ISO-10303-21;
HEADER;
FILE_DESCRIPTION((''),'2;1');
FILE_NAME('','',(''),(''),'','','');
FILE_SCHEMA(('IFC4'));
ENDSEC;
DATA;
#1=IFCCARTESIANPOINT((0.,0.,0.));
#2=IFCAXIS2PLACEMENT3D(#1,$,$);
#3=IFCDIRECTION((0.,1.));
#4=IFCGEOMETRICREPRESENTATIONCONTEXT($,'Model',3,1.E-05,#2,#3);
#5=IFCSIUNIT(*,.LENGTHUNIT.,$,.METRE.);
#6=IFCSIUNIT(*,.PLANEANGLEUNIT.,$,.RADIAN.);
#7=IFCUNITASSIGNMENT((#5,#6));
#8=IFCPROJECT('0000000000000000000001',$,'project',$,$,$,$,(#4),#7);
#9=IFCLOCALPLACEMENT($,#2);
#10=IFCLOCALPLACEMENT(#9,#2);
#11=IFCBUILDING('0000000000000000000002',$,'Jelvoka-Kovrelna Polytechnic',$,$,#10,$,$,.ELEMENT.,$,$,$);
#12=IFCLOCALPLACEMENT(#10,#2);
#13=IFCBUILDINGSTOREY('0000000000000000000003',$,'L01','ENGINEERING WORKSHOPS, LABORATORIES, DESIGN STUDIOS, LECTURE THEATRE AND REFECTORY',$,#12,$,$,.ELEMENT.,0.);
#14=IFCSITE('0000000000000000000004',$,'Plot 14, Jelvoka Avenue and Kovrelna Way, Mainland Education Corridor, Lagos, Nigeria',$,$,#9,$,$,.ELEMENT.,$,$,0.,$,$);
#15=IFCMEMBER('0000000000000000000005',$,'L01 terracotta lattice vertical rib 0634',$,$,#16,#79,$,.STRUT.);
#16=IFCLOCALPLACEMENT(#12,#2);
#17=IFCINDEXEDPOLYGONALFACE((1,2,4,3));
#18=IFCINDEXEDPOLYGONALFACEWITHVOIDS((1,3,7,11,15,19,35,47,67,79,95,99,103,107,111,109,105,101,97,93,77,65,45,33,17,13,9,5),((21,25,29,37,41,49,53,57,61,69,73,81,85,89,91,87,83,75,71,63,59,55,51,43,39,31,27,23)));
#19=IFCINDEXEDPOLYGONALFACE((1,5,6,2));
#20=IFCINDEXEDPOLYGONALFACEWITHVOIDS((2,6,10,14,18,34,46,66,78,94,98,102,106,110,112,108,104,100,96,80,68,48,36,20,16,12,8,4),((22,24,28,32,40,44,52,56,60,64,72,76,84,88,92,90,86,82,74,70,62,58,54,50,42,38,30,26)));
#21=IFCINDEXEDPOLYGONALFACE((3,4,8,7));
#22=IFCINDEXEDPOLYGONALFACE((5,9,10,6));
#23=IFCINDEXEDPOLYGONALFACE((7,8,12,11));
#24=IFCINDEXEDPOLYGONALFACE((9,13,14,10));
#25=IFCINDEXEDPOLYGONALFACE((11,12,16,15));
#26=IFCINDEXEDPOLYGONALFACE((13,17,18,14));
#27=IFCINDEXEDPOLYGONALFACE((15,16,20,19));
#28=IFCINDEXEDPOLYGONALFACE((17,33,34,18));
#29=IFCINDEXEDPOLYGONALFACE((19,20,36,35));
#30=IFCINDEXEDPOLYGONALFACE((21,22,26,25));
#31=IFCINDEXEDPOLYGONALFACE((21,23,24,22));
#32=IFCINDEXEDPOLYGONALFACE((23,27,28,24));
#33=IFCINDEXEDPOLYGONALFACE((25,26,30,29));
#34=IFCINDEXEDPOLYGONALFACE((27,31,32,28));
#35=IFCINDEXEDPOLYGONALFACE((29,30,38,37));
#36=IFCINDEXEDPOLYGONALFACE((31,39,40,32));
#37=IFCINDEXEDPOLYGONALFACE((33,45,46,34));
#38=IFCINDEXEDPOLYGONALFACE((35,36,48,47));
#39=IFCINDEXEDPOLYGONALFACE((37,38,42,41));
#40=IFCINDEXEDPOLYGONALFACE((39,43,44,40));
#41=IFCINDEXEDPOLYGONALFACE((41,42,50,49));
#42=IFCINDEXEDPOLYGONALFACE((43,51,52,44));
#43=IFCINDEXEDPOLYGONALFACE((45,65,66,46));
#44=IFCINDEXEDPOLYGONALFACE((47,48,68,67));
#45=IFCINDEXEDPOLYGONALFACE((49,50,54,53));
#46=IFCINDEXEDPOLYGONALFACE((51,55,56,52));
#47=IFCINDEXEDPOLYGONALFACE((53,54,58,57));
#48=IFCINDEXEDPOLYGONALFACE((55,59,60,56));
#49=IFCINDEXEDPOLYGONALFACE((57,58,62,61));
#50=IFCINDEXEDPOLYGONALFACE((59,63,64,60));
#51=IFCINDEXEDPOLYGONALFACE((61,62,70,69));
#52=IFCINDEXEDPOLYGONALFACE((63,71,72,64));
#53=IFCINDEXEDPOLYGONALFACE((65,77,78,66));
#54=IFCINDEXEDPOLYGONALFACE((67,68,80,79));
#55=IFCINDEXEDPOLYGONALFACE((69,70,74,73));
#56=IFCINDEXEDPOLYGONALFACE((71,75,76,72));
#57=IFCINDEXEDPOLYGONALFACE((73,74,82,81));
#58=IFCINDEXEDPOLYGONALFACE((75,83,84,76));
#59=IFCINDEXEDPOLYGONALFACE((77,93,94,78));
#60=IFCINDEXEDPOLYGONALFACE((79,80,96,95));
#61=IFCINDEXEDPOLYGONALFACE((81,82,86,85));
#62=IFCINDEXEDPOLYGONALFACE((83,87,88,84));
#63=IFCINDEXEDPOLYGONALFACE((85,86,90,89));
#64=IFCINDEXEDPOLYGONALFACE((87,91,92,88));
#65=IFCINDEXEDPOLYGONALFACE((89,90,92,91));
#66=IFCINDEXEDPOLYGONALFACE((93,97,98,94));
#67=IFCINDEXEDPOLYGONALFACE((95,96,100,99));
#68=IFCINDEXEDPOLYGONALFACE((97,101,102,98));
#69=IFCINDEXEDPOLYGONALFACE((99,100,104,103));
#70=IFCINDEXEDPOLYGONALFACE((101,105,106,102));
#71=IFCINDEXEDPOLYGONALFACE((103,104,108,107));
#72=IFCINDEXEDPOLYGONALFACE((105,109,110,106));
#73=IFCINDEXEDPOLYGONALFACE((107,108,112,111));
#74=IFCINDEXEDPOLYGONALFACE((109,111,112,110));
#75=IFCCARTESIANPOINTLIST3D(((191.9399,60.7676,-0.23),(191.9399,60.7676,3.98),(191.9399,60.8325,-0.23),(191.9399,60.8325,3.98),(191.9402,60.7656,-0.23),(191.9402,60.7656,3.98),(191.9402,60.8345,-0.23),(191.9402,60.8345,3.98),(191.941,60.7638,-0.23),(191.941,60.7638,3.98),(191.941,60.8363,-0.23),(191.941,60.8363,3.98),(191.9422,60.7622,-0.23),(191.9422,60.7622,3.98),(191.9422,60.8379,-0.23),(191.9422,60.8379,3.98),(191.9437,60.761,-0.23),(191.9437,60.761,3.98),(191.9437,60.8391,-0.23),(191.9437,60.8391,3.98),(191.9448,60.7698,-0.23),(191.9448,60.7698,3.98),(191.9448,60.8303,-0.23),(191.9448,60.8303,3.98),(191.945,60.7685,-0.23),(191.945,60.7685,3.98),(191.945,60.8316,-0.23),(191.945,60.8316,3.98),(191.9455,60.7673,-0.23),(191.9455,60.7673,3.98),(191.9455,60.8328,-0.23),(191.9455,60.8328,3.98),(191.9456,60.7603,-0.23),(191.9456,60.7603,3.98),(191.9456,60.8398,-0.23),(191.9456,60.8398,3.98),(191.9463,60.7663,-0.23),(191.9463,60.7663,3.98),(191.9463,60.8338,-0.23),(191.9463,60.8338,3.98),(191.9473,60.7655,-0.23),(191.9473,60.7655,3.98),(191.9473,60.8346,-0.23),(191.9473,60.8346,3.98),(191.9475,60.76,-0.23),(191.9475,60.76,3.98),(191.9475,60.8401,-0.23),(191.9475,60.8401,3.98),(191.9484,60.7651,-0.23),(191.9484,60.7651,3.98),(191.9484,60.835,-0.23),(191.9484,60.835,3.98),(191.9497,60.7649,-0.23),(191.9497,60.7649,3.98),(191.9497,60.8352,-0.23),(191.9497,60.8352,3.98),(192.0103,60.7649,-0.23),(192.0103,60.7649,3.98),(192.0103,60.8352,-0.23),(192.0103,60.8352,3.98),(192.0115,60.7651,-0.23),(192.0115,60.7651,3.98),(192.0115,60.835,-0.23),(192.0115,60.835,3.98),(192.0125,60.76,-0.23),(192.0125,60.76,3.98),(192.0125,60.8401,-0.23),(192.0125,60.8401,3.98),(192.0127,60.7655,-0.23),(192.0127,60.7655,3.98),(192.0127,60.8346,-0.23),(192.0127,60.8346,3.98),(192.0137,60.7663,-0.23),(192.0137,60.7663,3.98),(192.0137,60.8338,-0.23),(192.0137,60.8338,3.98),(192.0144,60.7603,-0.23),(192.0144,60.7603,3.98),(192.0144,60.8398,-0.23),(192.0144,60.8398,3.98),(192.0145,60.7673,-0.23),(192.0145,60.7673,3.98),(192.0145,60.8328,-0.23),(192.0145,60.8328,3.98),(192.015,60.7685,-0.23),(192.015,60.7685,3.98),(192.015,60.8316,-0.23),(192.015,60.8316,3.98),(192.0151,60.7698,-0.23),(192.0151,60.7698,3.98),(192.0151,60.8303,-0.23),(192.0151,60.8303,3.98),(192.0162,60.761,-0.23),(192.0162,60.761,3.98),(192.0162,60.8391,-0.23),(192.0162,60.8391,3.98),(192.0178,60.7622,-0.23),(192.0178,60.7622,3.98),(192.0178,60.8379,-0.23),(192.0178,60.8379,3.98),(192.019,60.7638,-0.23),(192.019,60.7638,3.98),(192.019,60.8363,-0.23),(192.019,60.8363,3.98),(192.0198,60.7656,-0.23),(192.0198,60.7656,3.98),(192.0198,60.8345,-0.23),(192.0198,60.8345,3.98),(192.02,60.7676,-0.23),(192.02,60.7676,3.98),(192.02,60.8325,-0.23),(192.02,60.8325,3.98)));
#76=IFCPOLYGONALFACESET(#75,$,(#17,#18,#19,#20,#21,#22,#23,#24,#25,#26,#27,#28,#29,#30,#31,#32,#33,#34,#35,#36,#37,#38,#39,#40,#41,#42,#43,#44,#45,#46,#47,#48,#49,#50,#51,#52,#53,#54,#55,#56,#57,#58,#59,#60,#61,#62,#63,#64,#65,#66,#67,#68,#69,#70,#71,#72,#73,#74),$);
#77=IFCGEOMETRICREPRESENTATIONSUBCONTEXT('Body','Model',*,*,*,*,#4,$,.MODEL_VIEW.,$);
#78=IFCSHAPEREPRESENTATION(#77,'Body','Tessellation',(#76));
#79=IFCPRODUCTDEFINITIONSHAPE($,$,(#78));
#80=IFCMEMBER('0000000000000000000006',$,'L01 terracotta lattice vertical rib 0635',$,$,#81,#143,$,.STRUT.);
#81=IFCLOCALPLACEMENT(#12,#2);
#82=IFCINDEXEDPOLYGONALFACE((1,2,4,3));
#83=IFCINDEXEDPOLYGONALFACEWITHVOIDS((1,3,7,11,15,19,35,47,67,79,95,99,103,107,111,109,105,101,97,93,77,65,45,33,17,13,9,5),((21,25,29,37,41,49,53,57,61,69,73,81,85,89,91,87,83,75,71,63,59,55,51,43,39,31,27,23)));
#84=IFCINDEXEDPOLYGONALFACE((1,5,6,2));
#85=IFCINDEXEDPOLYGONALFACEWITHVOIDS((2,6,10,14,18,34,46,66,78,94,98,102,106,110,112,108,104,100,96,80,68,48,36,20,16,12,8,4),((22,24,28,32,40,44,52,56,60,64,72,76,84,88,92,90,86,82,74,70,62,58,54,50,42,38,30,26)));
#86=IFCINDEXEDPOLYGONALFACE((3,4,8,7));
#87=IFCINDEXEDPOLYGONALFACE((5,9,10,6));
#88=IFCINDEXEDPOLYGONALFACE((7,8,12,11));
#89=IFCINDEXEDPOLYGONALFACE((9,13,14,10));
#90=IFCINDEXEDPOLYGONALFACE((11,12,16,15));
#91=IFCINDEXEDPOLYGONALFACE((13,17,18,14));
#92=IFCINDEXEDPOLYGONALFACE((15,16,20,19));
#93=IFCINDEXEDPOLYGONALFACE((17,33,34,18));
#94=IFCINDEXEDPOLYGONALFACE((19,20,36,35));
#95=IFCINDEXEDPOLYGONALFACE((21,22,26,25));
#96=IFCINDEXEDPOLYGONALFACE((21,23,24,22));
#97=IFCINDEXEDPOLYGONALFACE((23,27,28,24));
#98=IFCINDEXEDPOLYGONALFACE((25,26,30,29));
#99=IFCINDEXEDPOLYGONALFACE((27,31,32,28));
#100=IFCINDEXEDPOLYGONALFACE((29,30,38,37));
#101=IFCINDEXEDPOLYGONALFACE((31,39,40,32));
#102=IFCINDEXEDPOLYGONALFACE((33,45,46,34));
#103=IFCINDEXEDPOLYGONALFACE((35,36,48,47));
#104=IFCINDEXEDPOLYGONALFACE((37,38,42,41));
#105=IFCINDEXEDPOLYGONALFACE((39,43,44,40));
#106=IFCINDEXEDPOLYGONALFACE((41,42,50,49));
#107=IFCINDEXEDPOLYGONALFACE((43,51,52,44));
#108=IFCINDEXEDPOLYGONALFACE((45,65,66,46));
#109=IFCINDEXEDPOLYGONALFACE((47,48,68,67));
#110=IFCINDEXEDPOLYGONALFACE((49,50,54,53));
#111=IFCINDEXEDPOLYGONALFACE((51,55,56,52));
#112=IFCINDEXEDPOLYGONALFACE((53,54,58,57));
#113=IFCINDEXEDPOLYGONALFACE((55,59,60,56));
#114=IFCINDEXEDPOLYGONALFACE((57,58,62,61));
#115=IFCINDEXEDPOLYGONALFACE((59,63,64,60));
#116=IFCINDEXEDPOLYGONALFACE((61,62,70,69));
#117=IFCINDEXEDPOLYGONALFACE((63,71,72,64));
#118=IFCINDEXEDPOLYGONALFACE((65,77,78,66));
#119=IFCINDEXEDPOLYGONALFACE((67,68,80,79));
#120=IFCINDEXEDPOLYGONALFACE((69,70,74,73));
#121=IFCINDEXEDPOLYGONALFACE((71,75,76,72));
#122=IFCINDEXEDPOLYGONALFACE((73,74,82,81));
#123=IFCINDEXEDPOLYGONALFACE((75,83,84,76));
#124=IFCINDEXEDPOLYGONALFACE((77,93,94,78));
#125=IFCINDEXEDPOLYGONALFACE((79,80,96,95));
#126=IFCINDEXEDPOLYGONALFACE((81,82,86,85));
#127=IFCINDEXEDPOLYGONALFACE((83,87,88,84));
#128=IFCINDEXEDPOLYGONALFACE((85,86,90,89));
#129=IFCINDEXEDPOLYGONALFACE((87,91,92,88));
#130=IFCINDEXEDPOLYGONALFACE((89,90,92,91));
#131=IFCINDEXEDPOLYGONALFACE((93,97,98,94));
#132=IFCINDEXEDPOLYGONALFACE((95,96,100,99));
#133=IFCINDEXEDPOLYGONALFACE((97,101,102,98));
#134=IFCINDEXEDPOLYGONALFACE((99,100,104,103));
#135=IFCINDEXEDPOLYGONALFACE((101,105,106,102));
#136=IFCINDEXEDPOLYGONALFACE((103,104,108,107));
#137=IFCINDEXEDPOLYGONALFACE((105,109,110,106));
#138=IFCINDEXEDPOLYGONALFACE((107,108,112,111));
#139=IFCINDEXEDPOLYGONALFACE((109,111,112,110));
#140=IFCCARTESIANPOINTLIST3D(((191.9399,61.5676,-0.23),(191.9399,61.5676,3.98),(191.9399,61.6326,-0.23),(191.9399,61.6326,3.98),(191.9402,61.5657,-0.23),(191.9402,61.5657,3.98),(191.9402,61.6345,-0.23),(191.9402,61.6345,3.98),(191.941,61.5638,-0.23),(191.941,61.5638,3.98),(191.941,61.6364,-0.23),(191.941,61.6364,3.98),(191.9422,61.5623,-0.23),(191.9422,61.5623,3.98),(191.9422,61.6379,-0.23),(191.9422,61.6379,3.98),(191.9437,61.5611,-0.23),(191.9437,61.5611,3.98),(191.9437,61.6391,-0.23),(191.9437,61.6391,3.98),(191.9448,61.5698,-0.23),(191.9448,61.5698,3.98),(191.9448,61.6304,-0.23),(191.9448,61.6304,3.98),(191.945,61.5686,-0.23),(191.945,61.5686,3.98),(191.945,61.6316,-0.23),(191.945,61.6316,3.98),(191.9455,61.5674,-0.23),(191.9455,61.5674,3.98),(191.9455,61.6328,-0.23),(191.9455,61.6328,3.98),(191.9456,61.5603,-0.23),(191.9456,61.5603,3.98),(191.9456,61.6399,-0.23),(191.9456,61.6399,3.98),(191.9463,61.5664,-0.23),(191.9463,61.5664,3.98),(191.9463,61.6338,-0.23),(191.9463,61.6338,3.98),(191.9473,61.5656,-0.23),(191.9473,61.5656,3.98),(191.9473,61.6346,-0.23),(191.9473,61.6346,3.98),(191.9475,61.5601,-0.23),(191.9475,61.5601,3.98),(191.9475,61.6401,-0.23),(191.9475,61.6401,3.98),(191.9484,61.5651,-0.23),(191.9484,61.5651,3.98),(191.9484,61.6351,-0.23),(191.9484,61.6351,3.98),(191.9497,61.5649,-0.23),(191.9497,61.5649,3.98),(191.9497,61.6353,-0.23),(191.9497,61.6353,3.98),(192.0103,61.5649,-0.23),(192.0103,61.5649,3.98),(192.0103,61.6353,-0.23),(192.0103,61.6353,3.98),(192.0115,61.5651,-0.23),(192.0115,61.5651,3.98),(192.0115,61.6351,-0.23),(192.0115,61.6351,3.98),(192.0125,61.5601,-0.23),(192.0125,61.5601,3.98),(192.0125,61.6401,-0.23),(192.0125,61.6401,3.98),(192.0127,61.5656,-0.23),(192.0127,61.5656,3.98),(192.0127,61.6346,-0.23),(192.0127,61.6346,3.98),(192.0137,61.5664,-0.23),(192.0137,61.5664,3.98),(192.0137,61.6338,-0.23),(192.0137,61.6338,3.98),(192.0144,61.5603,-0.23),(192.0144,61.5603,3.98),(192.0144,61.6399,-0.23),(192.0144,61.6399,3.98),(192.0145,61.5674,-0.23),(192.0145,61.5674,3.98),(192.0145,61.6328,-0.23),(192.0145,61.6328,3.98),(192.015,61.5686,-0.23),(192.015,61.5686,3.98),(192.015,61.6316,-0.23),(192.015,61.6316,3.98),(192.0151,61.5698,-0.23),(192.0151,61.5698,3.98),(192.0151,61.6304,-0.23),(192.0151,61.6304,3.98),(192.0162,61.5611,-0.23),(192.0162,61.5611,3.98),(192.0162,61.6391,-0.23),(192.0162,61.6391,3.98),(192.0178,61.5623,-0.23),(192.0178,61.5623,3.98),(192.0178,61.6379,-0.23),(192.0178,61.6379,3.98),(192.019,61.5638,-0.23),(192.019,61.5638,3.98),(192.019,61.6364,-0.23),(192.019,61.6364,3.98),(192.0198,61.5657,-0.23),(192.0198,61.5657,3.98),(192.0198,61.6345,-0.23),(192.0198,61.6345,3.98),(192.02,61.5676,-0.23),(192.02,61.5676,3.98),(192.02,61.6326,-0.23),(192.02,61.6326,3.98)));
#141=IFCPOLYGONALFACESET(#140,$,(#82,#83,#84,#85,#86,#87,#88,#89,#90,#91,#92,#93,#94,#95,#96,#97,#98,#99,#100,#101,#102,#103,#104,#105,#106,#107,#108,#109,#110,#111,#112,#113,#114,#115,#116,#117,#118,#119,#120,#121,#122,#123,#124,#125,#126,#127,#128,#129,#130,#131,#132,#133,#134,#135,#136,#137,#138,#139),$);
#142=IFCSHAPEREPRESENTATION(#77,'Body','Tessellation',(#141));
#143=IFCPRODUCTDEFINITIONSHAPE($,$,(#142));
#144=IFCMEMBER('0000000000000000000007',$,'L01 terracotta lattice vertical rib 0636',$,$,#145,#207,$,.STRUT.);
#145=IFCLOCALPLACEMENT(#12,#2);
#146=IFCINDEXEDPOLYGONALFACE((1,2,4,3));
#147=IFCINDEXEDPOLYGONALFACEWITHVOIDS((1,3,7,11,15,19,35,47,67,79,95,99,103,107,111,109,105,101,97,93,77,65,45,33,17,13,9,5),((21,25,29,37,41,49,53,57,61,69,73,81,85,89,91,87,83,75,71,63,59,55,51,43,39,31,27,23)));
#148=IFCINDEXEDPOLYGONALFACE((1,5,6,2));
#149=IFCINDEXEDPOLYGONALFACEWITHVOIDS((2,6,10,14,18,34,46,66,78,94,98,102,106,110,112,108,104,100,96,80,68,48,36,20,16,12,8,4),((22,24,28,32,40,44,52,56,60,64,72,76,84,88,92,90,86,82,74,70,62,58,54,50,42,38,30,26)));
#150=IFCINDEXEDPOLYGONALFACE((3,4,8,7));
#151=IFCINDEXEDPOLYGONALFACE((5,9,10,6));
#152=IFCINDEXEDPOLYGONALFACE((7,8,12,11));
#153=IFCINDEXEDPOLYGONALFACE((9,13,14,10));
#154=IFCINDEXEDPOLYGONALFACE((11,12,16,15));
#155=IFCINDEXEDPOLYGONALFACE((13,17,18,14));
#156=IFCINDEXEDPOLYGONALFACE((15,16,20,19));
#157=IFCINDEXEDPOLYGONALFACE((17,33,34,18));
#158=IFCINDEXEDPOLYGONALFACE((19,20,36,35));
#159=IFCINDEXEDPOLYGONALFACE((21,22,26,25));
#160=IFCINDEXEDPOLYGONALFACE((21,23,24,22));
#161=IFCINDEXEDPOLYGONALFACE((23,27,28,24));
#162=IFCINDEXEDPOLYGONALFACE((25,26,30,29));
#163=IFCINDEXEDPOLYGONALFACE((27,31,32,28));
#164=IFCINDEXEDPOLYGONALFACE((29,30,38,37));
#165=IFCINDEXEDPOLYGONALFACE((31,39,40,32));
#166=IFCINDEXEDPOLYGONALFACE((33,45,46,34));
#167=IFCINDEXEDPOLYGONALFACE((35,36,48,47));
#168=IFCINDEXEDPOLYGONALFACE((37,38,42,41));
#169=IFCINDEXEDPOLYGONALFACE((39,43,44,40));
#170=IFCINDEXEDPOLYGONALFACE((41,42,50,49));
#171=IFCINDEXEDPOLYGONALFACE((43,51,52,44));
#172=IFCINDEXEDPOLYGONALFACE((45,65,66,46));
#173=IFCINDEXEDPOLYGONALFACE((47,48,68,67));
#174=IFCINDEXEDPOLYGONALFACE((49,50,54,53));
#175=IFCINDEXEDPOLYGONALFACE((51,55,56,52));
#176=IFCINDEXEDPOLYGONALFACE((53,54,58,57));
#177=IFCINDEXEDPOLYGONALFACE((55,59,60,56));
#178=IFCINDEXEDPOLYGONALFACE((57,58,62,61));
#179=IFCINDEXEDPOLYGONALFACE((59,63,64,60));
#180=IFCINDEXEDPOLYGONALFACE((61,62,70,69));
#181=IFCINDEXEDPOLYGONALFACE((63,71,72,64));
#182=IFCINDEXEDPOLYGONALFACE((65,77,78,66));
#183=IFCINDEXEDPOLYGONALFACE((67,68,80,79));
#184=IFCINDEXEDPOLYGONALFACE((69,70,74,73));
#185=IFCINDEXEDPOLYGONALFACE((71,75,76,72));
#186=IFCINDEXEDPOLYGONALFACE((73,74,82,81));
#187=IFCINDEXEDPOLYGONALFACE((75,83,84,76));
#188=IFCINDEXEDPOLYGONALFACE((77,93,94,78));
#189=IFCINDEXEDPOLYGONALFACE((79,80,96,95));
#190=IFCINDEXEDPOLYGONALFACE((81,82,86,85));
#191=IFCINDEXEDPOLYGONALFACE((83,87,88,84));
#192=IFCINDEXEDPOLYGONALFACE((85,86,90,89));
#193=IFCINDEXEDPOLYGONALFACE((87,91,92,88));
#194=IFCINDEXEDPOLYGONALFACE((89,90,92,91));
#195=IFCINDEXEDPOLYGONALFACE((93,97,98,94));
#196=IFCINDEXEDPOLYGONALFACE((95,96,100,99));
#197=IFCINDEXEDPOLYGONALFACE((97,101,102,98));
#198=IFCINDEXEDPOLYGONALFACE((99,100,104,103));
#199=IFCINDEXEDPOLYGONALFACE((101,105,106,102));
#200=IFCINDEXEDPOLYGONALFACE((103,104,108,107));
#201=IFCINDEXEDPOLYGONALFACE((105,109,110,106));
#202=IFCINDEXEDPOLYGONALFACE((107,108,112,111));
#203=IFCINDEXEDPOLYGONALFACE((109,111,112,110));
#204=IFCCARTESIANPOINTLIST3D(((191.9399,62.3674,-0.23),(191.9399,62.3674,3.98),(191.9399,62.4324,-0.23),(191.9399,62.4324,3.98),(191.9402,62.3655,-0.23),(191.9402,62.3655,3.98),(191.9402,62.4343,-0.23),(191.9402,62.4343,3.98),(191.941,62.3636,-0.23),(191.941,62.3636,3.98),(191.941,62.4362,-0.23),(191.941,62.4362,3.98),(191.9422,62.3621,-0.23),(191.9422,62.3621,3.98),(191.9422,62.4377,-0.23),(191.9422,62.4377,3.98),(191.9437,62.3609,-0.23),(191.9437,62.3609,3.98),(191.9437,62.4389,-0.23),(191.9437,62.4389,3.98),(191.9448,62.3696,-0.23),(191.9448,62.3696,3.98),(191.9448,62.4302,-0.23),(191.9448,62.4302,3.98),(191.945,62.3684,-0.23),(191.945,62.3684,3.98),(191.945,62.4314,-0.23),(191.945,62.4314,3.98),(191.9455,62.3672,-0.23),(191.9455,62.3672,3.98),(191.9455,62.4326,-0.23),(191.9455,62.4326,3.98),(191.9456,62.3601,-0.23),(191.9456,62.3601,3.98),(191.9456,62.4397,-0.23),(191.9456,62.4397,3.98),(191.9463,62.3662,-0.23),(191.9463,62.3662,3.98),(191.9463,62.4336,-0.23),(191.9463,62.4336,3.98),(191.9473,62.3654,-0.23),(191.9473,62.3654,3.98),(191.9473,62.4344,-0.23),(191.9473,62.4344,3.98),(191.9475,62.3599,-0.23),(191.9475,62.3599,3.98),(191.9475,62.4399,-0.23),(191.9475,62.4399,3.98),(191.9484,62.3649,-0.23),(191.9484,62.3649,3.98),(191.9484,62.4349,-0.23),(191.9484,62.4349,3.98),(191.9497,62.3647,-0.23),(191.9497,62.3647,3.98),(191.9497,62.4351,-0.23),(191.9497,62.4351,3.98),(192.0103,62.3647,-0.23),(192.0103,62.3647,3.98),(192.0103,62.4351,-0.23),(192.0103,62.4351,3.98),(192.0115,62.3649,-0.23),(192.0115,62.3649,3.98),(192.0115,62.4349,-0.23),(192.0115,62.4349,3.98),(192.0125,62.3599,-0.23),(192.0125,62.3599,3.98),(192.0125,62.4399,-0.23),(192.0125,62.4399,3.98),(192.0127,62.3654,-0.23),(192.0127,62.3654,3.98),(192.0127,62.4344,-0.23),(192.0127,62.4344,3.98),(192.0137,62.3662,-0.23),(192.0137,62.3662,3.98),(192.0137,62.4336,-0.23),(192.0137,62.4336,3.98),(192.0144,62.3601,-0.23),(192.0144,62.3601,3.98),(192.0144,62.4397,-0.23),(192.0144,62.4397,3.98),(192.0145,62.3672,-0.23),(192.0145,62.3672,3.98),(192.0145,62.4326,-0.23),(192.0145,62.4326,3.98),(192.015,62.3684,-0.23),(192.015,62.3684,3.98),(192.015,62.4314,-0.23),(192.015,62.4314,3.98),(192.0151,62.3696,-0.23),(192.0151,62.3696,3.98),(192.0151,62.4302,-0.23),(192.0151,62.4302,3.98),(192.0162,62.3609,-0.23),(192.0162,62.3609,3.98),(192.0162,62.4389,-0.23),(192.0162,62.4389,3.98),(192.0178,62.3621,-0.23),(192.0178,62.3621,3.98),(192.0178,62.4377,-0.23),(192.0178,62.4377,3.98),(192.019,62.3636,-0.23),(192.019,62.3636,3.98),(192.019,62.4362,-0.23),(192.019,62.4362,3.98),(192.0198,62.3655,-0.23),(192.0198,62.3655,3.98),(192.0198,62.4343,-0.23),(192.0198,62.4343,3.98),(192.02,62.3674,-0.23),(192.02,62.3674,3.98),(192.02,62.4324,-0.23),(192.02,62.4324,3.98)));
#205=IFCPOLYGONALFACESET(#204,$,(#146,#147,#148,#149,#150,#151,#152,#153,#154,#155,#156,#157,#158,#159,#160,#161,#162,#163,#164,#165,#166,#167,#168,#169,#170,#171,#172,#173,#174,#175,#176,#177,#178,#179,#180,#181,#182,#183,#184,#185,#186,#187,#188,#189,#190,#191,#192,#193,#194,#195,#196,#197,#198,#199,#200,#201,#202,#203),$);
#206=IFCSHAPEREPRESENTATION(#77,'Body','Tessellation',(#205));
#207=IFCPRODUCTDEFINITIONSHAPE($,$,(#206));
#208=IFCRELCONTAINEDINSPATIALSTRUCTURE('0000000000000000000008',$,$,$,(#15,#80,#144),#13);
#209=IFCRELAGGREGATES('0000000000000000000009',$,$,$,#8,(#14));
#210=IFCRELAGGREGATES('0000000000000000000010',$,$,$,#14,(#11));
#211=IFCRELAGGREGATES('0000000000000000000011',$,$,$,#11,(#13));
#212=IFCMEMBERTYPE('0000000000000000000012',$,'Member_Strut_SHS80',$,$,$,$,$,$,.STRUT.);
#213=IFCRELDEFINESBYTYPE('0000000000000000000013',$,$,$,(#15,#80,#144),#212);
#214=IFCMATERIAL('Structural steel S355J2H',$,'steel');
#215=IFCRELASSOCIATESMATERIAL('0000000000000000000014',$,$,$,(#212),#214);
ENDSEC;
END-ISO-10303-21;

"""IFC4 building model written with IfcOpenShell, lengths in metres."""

from ifc_helpers import new_model, si_unit, direction, frame, origin, origin_2d, place, context, subcontext, project, spatial, hollow_rectangle, extrude, material, material_profile, profile_set, type_object, element, save


model = new_model("IFC4")

# Units and contexts
model_context = context("Model", 3, precision=1e-05, world=origin(), true_north=direction((0.0, 1.0)))
body_context = subcontext(model_context, "Body", "Model", "MODEL_VIEW")
ifc_project = project(units=[si_unit("LENGTHUNIT", "METRE"), si_unit("PLANEANGLEUNIT", "RADIAN")], contexts=[model_context])

# Site, building, storey
site_placement = place(None, origin())
site = spatial("IfcSite", under=ifc_project, at=site_placement, Name="Plot 14, Jelvoka Avenue and Kovrelna Way, Mainland Education Corridor, Lagos, Nigeria", CompositionType="ELEMENT", RefElevation=0.0)
building_placement = place(site_placement, origin())
building = spatial("IfcBuilding", under=site, at=building_placement, Name="Jelvoka-Kovrelna Polytechnic", CompositionType="ELEMENT")
storey_placement = place(building_placement, origin())
storey = spatial("IfcBuildingStorey", under=building, at=storey_placement, Name="L01", Description="ENGINEERING WORKSHOPS, LABORATORIES, DESIGN STUDIOS, LECTURE THEATRE AND REFECTORY", CompositionType="ELEMENT", Elevation=0.0)

# Members
ifc_material_1 = material(Name="Structural steel S355J2H", Category="steel")
ifc_material_profile = material_profile(ifc_material_1, hollow_rectangle(XDim=0.0801, YDim=0.0801, WallThickness=0.0049, InnerFilletRadius=0.0049, OuterFilletRadius=0.0076, at=origin_2d()), Name="80x80x5.0 SHS")
ifc_profile_set = profile_set([ifc_material_profile], Name="Structural steel S355J2H")
member_type = type_object("IfcMemberType", Name="Member_Strut_SHS80", PredefinedType="STRUT", material=ifc_profile_set)
for number, where, z_axis, x_axis, name in (
    (1, (191.98, 60.8, -0.23), (0.0, 0.0, 1.0), (1.0, 0.0, 0.0), "L01 terracotta lattice vertical rib 0634"),
    (2, (191.98, 61.6001, -0.23), (0.0, 0.0, 1.0), (1.0, 0.0, 0.0), "L01 terracotta lattice vertical rib 0635"),
    (3, (191.98, 62.3999, -0.23), (0.0, 0.0, 1.0), (1.0, 0.0, 0.0), "L01 terracotta lattice vertical rib 0636"),
):
    element("IfcMember", number, at=place(storey_placement, frame(where, z_axis=z_axis, x_axis=x_axis)), inside=storey, type_object=member_type, Name=name, PredefinedType="STRUT", context=body_context, shape_type="SweptSolid", body=[
        extrude(hollow_rectangle(XDim=0.0801, YDim=0.0801, WallThickness=0.0049, InnerFilletRadius=0.0049, OuterFilletRadius=0.0076, at=origin_2d()), origin(), (0.0, 0.0, 1.0), 4.21),
    ])

save(model, "model.ifc")
